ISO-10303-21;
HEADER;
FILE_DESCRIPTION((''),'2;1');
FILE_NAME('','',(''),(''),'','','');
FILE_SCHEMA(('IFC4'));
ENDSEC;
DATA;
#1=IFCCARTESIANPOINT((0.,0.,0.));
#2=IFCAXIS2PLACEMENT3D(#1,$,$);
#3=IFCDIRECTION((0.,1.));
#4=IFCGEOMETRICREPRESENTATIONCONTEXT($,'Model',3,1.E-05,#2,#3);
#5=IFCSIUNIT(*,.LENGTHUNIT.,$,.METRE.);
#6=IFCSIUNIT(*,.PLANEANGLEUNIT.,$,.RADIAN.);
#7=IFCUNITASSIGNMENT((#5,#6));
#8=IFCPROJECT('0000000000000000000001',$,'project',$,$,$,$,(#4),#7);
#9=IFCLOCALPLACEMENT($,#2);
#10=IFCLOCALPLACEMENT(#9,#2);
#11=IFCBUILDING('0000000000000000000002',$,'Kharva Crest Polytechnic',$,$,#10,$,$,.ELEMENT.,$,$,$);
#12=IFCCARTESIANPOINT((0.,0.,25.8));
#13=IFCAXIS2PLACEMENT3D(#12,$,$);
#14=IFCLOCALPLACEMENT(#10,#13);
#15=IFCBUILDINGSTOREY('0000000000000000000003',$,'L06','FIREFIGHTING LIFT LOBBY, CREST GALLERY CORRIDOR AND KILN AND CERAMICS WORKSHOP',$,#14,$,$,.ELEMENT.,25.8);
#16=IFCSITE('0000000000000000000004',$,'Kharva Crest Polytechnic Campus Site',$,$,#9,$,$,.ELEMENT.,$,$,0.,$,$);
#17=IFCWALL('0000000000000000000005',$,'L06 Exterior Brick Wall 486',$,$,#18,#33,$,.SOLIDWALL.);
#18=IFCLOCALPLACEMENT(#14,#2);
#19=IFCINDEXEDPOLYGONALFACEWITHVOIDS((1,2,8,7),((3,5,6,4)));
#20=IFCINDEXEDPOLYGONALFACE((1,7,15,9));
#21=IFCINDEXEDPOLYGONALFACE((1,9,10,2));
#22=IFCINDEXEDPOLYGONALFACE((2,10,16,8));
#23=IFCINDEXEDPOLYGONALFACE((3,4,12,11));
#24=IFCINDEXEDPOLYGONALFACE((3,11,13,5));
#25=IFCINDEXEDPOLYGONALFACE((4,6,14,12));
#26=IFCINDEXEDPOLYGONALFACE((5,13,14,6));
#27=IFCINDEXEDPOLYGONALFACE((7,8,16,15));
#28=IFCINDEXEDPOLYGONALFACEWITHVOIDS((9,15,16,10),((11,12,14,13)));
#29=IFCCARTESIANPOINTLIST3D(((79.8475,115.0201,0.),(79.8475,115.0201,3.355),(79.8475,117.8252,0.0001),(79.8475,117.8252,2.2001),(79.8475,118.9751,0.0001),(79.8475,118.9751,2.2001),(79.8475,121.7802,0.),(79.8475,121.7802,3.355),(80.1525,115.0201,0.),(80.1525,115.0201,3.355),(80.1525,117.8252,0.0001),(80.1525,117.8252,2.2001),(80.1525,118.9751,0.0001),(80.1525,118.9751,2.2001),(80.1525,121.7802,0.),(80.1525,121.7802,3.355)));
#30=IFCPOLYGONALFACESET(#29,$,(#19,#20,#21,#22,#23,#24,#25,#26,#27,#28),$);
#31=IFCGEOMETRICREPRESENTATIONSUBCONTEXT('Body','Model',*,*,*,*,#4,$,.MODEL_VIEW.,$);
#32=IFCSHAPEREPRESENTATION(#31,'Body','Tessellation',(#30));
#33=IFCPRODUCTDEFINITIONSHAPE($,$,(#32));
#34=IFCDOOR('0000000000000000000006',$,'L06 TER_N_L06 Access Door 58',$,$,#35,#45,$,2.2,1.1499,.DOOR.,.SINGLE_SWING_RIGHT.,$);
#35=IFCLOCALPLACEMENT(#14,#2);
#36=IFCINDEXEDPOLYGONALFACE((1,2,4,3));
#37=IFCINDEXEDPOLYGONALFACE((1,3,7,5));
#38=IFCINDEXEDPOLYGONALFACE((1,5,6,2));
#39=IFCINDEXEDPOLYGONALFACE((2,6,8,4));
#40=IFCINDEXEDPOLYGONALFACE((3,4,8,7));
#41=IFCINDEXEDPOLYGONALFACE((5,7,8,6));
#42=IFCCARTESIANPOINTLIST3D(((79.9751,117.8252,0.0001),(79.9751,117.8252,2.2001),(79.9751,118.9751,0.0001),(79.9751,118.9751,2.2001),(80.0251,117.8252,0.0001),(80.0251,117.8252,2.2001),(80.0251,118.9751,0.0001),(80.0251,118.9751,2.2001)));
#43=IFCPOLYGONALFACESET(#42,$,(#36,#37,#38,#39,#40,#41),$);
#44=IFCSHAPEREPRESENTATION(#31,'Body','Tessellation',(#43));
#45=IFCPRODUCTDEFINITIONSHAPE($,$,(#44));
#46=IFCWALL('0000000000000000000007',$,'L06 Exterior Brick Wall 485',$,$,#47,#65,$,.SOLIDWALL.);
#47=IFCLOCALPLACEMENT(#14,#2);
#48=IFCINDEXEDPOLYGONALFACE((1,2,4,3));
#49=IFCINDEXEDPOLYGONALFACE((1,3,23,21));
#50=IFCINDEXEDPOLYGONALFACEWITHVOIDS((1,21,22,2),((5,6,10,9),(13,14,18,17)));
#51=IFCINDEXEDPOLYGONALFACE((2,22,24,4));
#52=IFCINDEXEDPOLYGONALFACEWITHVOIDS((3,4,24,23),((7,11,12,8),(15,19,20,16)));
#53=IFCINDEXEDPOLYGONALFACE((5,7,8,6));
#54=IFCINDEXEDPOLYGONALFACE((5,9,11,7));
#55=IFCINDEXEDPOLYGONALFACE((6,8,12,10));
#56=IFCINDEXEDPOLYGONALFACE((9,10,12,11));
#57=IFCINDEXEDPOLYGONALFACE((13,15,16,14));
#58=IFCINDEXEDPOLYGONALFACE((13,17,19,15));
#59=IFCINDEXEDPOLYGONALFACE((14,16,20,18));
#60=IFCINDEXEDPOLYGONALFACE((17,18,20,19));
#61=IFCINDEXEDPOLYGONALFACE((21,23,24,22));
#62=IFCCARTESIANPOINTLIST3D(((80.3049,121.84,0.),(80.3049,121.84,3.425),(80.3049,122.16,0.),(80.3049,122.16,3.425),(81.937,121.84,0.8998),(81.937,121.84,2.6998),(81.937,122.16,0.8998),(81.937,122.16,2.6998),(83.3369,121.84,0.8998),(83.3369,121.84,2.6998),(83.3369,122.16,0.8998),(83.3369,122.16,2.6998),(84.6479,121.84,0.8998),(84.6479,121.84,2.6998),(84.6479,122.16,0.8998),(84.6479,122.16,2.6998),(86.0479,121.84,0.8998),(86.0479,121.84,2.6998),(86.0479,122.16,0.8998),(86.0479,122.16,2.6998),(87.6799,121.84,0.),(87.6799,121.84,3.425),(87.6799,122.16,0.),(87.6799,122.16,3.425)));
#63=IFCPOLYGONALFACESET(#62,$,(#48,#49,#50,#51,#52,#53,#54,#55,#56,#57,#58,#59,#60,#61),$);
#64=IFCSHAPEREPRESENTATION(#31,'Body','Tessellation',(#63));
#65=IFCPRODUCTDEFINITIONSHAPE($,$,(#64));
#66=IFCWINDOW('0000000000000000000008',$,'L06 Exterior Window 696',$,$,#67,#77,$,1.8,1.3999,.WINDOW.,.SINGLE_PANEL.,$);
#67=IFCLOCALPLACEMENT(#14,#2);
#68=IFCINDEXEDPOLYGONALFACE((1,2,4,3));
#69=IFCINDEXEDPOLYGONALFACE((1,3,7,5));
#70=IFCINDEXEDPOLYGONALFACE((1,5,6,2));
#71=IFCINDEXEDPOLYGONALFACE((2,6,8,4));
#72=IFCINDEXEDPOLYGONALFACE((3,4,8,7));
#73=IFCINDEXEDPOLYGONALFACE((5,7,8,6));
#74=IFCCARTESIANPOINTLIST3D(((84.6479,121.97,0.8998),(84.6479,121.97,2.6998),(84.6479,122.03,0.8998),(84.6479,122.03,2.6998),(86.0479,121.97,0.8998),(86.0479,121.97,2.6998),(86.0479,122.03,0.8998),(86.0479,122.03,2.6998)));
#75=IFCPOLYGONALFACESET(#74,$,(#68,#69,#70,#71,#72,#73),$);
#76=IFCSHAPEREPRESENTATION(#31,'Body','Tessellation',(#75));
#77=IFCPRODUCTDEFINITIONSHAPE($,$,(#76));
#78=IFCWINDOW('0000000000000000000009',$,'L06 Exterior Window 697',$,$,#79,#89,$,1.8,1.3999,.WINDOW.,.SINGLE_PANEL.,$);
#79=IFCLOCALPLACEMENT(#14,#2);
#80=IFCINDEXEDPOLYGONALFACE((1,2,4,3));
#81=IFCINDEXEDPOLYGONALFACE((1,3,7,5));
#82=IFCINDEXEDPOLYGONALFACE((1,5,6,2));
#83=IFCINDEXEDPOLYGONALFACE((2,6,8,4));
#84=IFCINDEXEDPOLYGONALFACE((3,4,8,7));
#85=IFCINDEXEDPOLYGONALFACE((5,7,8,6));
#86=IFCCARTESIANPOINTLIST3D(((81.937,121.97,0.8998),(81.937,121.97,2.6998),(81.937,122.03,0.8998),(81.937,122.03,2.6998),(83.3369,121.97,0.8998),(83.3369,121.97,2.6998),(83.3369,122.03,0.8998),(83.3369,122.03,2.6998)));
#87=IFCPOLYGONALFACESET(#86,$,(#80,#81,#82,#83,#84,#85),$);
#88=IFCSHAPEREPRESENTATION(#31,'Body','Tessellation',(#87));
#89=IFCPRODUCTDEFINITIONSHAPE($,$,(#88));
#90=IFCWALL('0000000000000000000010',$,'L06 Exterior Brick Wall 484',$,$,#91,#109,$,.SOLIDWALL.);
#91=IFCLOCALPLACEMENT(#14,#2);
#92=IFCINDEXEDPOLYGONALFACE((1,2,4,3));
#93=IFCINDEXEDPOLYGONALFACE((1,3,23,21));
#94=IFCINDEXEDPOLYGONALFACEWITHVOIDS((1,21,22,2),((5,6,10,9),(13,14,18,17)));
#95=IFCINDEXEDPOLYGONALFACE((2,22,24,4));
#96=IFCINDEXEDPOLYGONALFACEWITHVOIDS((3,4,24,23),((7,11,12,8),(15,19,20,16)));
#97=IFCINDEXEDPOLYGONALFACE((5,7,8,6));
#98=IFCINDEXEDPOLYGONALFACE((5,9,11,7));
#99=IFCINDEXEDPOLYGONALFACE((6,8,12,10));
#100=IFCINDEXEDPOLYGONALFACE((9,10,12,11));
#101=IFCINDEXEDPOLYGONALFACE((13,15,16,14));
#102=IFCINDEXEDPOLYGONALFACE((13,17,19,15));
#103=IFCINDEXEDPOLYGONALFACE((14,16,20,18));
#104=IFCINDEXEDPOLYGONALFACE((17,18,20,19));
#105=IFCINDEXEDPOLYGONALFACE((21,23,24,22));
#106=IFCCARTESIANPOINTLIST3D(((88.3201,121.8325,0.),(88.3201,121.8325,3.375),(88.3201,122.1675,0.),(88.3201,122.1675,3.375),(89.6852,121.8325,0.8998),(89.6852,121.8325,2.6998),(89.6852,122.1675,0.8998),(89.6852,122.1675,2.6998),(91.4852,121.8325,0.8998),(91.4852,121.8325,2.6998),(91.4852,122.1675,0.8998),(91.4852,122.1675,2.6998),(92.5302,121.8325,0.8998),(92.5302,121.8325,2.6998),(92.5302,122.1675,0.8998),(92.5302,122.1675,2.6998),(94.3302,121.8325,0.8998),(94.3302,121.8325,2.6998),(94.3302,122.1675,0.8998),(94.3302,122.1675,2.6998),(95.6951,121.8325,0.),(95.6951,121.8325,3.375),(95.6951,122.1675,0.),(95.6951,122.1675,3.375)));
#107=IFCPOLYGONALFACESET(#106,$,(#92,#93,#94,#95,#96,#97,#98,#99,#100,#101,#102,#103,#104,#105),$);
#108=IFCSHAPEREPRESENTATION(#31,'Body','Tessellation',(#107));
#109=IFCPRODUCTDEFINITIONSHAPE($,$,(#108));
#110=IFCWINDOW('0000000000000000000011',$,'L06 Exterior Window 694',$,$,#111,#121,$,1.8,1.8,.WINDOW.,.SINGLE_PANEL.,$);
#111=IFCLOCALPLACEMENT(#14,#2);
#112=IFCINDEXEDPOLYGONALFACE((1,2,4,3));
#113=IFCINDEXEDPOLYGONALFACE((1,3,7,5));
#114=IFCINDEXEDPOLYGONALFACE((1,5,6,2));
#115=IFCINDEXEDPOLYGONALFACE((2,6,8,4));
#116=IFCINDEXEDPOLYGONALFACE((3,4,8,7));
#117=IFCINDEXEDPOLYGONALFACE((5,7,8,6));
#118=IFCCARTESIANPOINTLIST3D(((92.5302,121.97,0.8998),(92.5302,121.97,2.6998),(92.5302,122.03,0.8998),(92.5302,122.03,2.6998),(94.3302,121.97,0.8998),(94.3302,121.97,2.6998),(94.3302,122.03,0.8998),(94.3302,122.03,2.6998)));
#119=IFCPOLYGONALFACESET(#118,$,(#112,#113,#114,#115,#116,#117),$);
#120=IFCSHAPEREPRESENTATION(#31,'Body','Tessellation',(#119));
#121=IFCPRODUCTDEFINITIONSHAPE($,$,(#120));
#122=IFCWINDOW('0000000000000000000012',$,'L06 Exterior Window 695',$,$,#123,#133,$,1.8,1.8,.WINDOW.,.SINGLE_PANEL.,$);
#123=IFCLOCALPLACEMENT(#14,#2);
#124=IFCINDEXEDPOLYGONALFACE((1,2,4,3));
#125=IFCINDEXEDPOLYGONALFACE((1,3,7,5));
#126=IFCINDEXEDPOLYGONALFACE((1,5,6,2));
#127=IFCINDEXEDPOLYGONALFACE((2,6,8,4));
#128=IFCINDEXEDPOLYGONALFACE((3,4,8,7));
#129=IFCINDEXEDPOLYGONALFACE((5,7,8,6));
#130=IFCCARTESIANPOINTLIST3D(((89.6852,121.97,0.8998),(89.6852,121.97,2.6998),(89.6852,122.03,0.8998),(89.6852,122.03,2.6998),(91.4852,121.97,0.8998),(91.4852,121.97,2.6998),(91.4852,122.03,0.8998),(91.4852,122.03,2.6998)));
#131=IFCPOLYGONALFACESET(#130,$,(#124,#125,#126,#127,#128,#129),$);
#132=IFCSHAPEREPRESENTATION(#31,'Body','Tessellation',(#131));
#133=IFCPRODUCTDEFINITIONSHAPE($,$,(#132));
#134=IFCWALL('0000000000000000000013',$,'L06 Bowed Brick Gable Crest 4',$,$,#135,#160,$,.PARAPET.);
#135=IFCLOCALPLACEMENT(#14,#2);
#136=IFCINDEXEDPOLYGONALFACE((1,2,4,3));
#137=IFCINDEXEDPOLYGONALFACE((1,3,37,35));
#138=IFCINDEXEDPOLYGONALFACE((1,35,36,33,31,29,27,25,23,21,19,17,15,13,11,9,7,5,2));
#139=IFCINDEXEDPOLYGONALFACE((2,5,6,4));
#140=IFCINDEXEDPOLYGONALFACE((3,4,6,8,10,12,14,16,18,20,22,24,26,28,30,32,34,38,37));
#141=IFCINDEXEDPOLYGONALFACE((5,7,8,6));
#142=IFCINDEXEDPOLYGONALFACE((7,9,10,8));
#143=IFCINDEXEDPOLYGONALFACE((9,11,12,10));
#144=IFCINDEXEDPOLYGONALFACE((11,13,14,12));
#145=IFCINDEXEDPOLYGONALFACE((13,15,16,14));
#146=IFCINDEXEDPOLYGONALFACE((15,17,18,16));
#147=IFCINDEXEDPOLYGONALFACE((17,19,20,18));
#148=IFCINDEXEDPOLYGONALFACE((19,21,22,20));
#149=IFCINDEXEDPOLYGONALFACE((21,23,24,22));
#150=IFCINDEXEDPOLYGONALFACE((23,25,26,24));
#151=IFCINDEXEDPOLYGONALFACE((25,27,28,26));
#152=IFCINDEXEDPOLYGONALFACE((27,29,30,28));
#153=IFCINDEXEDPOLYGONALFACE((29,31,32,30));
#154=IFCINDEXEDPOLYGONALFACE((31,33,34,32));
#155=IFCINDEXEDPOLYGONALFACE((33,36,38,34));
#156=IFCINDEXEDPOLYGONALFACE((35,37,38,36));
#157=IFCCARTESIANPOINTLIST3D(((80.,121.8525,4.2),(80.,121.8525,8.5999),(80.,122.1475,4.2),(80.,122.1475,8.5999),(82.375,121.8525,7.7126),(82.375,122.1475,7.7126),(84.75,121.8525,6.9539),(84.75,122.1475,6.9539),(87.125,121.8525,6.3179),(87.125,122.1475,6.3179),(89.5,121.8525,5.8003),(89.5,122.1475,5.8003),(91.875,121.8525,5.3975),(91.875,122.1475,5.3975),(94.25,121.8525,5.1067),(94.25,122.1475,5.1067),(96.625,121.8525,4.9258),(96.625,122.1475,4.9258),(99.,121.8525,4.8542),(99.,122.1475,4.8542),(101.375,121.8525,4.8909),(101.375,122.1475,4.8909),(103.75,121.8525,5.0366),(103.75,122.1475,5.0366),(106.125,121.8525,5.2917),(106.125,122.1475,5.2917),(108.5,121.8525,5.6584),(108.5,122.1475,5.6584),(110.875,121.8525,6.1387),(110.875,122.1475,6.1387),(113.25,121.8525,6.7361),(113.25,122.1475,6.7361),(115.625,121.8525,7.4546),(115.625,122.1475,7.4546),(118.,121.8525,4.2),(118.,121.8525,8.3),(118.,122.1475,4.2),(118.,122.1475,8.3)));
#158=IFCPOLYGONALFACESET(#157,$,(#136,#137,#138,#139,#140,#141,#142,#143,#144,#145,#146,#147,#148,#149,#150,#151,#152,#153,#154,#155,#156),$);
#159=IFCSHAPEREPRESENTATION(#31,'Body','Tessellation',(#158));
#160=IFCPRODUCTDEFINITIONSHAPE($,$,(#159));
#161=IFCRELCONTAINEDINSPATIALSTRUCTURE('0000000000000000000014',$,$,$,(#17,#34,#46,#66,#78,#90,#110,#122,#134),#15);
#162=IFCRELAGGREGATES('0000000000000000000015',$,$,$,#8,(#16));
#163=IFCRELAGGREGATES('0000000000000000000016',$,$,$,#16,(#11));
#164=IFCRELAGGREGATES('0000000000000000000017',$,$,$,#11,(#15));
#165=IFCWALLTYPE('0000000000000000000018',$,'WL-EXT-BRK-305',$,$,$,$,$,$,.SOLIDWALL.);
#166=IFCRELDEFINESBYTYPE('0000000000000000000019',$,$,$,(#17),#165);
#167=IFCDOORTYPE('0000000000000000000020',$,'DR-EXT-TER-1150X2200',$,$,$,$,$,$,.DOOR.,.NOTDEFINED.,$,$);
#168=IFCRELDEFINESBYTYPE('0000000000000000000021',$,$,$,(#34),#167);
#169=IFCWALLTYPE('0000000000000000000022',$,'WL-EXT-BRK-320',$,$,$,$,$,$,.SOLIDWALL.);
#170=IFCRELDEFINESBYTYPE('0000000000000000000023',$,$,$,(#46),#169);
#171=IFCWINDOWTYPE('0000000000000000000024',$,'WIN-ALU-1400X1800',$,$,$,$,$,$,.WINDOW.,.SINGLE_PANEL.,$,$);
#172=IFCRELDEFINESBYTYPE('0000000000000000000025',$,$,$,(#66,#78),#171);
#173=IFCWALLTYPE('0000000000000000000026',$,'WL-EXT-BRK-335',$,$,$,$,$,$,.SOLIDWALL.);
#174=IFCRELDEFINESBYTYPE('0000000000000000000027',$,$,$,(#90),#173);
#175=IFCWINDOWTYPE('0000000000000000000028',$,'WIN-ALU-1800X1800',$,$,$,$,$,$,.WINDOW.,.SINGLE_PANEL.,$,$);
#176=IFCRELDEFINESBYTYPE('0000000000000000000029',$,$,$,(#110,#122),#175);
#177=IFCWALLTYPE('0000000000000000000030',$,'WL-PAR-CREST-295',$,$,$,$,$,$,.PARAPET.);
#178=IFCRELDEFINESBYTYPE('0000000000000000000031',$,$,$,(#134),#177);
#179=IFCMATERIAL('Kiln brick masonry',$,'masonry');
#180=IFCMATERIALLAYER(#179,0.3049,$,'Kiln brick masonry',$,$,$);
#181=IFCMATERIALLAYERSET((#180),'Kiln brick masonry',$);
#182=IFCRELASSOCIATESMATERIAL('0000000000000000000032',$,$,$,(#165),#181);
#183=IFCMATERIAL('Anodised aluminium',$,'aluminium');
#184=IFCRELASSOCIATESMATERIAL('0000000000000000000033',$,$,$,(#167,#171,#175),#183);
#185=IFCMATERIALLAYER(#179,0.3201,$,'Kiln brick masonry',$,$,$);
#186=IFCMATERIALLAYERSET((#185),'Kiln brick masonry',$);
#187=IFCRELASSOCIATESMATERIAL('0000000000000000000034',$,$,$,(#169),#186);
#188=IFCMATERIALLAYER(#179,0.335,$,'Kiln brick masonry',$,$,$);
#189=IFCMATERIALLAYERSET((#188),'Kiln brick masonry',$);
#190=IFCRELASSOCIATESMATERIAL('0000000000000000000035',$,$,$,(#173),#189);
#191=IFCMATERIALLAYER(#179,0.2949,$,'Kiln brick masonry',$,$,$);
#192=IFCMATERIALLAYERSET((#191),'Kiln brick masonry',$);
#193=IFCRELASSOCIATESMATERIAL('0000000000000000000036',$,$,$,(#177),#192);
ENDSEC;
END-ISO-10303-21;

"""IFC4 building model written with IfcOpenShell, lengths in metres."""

from ifc_helpers import new_model, si_unit, direction, frame, frame_2d, origin, place, context, subcontext, project, spatial, polyline, rectangle, outline, extrude, material, layer, layer_set, type_object, element, fill, save


model = new_model("IFC4")

# Units and contexts
model_context = context("Model", 3, precision=1e-05, world=origin(), true_north=direction((0.0, 1.0)))
body_context = subcontext(model_context, "Body", "Model", "MODEL_VIEW")
ifc_project = project(units=[si_unit("LENGTHUNIT", "METRE"), si_unit("PLANEANGLEUNIT", "RADIAN")], contexts=[model_context])

# Site, building, storey
site_placement = place(None, origin())
site = spatial("IfcSite", under=ifc_project, at=site_placement, Name="Kharva Crest Polytechnic Campus Site", CompositionType="ELEMENT", RefElevation=0.0)
building_placement = place(site_placement, origin())
building = spatial("IfcBuilding", under=site, at=building_placement, Name="Kharva Crest Polytechnic", CompositionType="ELEMENT")
storey_placement = place(building_placement, frame((0.0, 0.0, 25.8)))
storey = spatial("IfcBuildingStorey", under=building, at=storey_placement, Name="L06", Description="FIREFIGHTING LIFT LOBBY, CREST GALLERY CORRIDOR AND KILN AND CERAMICS WORKSHOP", CompositionType="ELEMENT", Elevation=25.8)

# Wall, opening, door
ifc_material_1 = material(Name="Kiln brick masonry", Category="masonry")
ifc_material_2 = material(Name="Anodised aluminium", Category="aluminium")
ifc_layer_1 = layer(ifc_material_1, 0.3049, Name="Kiln brick masonry")
ifc_layer_set_1 = layer_set([ifc_layer_1], Name="Kiln brick masonry")
wall_type_1 = type_object("IfcWallType", Name="WL-EXT-BRK-305", PredefinedType="SOLIDWALL", material=ifc_layer_set_1)
wall_1_placement = place(storey_placement, frame((80.0, 121.78, 0.0), z_axis=(0.0, 0.0, 1.0), x_axis=(0.0, -1.0, 0.0)))
wall_1 = element("IfcWall", 1, at=wall_1_placement, inside=storey, type_object=wall_type_1, Name="L06 Exterior Brick Wall 486", PredefinedType="SOLIDWALL", context=body_context, shape_type="SweptSolid", body=[
    extrude(rectangle(XDim=6.76, YDim=0.3049, at=frame_2d((3.3799, 0.0))), origin(), (0.0, 0.0, 1.0), 3.355),
])
opening_1_placement = place(wall_1_placement, frame((2.8049, 0.0, 0.0)))
opening_1 = element("IfcOpeningElement", 2, at=opening_1_placement, cuts=wall_1, PredefinedType="OPENING", context=body_context, shape_type="SweptSolid", body=[
    extrude(rectangle(XDim=1.1499, YDim=2.2, at=frame_2d((0.575, 1.1001))), frame((0.0, 0.1624, 0.0), z_axis=(0.0, -1.0, 0.0), x_axis=(1.0, 0.0, 0.0)), (0.0, 0.0, 1.0), 0.325),
])
door_type_1 = type_object("IfcDoorType", Name="DR-EXT-TER-1150X2200", OperationType="NOTDEFINED", PredefinedType="DOOR", material=ifc_material_2)
door_1_placement = place(opening_1_placement, frame((1.1499, 0.0, 0.0), z_axis=(0.0, 0.0, 1.0), x_axis=(-1.0, 0.0, 0.0)))
door_1 = element("IfcDoor", 3, at=door_1_placement, inside=storey, type_object=door_type_1, Name="L06 TER_N_L06 Access Door 58", OperationType="SINGLE_SWING_RIGHT", OverallHeight=2.2, OverallWidth=1.1499, PredefinedType="DOOR", context=body_context, shape_type="SweptSolid", body=[
    extrude(rectangle(XDim=1.1499, YDim=2.2, at=frame_2d((0.575, 1.1001))), frame((0.0, 0.0249, 0.0), z_axis=(0.0, -1.0, 0.0), x_axis=(1.0, 0.0, 0.0)), (0.0, 0.0, 1.0), 0.05),
])
fill(opening_1, door_1)

# Walls, openings, windows
ifc_layer_2 = layer(ifc_material_1, 0.3201, Name="Kiln brick masonry")
ifc_layer_set_2 = layer_set([ifc_layer_2], Name="Kiln brick masonry")
wall_type_2 = type_object("IfcWallType", Name="WL-EXT-BRK-320", PredefinedType="SOLIDWALL", material=ifc_layer_set_2)
wall_2_placement = place(storey_placement, frame((87.6799, 122.0, 0.0), z_axis=(0.0, 0.0, 1.0), x_axis=(-1.0, 0.0, 0.0)))
wall_2 = element("IfcWall", 4, at=wall_2_placement, inside=storey, type_object=wall_type_2, Name="L06 Exterior Brick Wall 485", PredefinedType="SOLIDWALL", context=body_context, shape_type="SweptSolid", body=[
    extrude(rectangle(XDim=7.375, YDim=0.3201, at=frame_2d((3.6875, 0.0))), origin(), (0.0, 0.0, 1.0), 3.425),
])
opening_2_placement = place(wall_2_placement, frame((1.6321, 0.0, 0.8999)))
opening_2 = element("IfcOpeningElement", 5, at=opening_2_placement, cuts=wall_2, PredefinedType="OPENING", context=body_context, shape_type="SweptSolid", body=[
    extrude(rectangle(XDim=1.3999, YDim=1.8, at=frame_2d((0.7, 0.8999))), frame((0.0, 0.1699, 0.0), z_axis=(0.0, -1.0, 0.0), x_axis=(1.0, 0.0, 0.0)), (0.0, 0.0, 1.0), 0.3401),
])
opening_3_placement = place(wall_2_placement, frame((4.343, 0.0, 0.8999)))
opening_3 = element("IfcOpeningElement", 6, at=opening_3_placement, cuts=wall_2, PredefinedType="OPENING", context=body_context, shape_type="SweptSolid", body=[
    extrude(rectangle(XDim=1.3999, YDim=1.8, at=frame_2d((0.7, 0.8999))), frame((0.0, 0.1699, 0.0), z_axis=(0.0, -1.0, 0.0), x_axis=(1.0, 0.0, 0.0)), (0.0, 0.0, 1.0), 0.3401),
])
window_type_1 = type_object("IfcWindowType", Name="WIN-ALU-1400X1800", PartitioningType="SINGLE_PANEL", PredefinedType="WINDOW", material=ifc_material_2)
window_1_placement = place(opening_2_placement, origin())
window_1 = element("IfcWindow", 7, at=window_1_placement, inside=storey, type_object=window_type_1, Name="L06 Exterior Window 696", OverallHeight=1.8, OverallWidth=1.3999, PartitioningType="SINGLE_PANEL", PredefinedType="WINDOW", context=body_context, shape_type="SweptSolid", body=[
    extrude(rectangle(XDim=1.3999, YDim=1.8, at=frame_2d((0.7, 0.8999))), frame((0.0, 0.03, 0.0), z_axis=(0.0, -1.0, 0.0), x_axis=(1.0, 0.0, 0.0)), (0.0, 0.0, 1.0), 0.0601),
])
fill(opening_2, window_1)
window_2_placement = place(opening_3_placement, origin())
window_2 = element("IfcWindow", 8, at=window_2_placement, inside=storey, type_object=window_type_1, Name="L06 Exterior Window 697", OverallHeight=1.8, OverallWidth=1.3999, PartitioningType="SINGLE_PANEL", PredefinedType="WINDOW", context=body_context, shape_type="SweptSolid", body=[
    extrude(rectangle(XDim=1.3999, YDim=1.8, at=frame_2d((0.7, 0.8999))), frame((0.0, 0.03, 0.0), z_axis=(0.0, -1.0, 0.0), x_axis=(1.0, 0.0, 0.0)), (0.0, 0.0, 1.0), 0.0601),
])
fill(opening_3, window_2)
ifc_layer_3 = layer(ifc_material_1, 0.335, Name="Kiln brick masonry")
ifc_layer_set_3 = layer_set([ifc_layer_3], Name="Kiln brick masonry")
wall_type_3 = type_object("IfcWallType", Name="WL-EXT-BRK-335", PredefinedType="SOLIDWALL", material=ifc_layer_set_3)
wall_3_placement = place(storey_placement, frame((95.6951, 122.0, 0.0), z_axis=(0.0, 0.0, 1.0), x_axis=(-1.0, 0.0, 0.0)))
wall_3 = element("IfcWall", 9, at=wall_3_placement, inside=storey, type_object=wall_type_3, Name="L06 Exterior Brick Wall 484", PredefinedType="SOLIDWALL", context=body_context, shape_type="SweptSolid", body=[
    extrude(rectangle(XDim=7.375, YDim=0.335, at=frame_2d((3.6875, 0.0))), origin(), (0.0, 0.0, 1.0), 3.375),
])
opening_4_placement = place(wall_3_placement, frame((1.365, 0.0, 0.8999)))
opening_4 = element("IfcOpeningElement", 10, at=opening_4_placement, cuts=wall_3, PredefinedType="OPENING", context=body_context, shape_type="SweptSolid", body=[
    extrude(rectangle(XDim=1.8, YDim=1.8, at=frame_2d((0.8999, 0.8999))), frame((0.0, 0.1775, 0.0), z_axis=(0.0, -1.0, 0.0), x_axis=(1.0, 0.0, 0.0)), (0.0, 0.0, 1.0), 0.355),
])
opening_5_placement = place(wall_3_placement, frame((4.21, 0.0, 0.8999)))
opening_5 = element("IfcOpeningElement", 11, at=opening_5_placement, cuts=wall_3, PredefinedType="OPENING", context=body_context, shape_type="SweptSolid", body=[
    extrude(rectangle(XDim=1.8, YDim=1.8, at=frame_2d((0.8999, 0.8999))), frame((0.0, 0.1775, 0.0), z_axis=(0.0, -1.0, 0.0), x_axis=(1.0, 0.0, 0.0)), (0.0, 0.0, 1.0), 0.355),
])
window_type_2 = type_object("IfcWindowType", Name="WIN-ALU-1800X1800", PartitioningType="SINGLE_PANEL", PredefinedType="WINDOW", material=ifc_material_2)
window_3_placement = place(opening_4_placement, origin())
window_3 = element("IfcWindow", 12, at=window_3_placement, inside=storey, type_object=window_type_2, Name="L06 Exterior Window 694", OverallHeight=1.8, OverallWidth=1.8, PartitioningType="SINGLE_PANEL", PredefinedType="WINDOW", context=body_context, shape_type="SweptSolid", body=[
    extrude(rectangle(XDim=1.8, YDim=1.8, at=frame_2d((0.8999, 0.8999))), frame((0.0, 0.03, 0.0), z_axis=(0.0, -1.0, 0.0), x_axis=(1.0, 0.0, 0.0)), (0.0, 0.0, 1.0), 0.0601),
])
fill(opening_4, window_3)
window_4_placement = place(opening_5_placement, origin())
window_4 = element("IfcWindow", 13, at=window_4_placement, inside=storey, type_object=window_type_2, Name="L06 Exterior Window 695", OverallHeight=1.8, OverallWidth=1.8, PartitioningType="SINGLE_PANEL", PredefinedType="WINDOW", context=body_context, shape_type="SweptSolid", body=[
    extrude(rectangle(XDim=1.8, YDim=1.8, at=frame_2d((0.8999, 0.8999))), frame((0.0, 0.03, 0.0), z_axis=(0.0, -1.0, 0.0), x_axis=(1.0, 0.0, 0.0)), (0.0, 0.0, 1.0), 0.0601),
])
fill(opening_5, window_4)

# Wall
ifc_layer_4 = layer(ifc_material_1, 0.2949, Name="Kiln brick masonry")
ifc_layer_set_4 = layer_set([ifc_layer_4], Name="Kiln brick masonry")
wall_type_4 = type_object("IfcWallType", Name="WL-PAR-CREST-295", PredefinedType="PARAPET", material=ifc_layer_set_4)
wall_4_placement = place(storey_placement, frame((80.0, 122.0, 4.2), z_axis=(0.0, 0.0, 1.0), x_axis=(1.0, 0.0, 0.0)))
element("IfcWall", 14, at=wall_4_placement, inside=storey, type_object=wall_type_4, Name="L06 Bowed Brick Gable Crest 4", PredefinedType="PARAPET", context=body_context, shape_type="SweptSolid", body=[
    extrude(outline(polyline([(0.0, 0.0), (38.0, 0.0), (38.0, 4.1001), (35.625, 3.2546), (33.25, 2.5361), (30.875, 1.9387), (28.5, 1.4585), (26.125, 1.0918), (23.75, 0.8367), (21.375, 0.6909), (19.0, 0.6543), (16.625, 0.7258), (14.25, 0.9067), (11.875, 1.1975), (9.5, 1.6003), (7.125, 2.1179), (4.75, 2.7539), (2.375, 3.5127), (0.0, 4.3999), (0.0, 0.0)])), frame((0.0, 0.1475, 0.0), z_axis=(0.0, -1.0, 0.0), x_axis=(1.0, 0.0, 0.0)), (0.0, 0.0, 1.0), 0.2949),
])

save(model, "model.ifc")
